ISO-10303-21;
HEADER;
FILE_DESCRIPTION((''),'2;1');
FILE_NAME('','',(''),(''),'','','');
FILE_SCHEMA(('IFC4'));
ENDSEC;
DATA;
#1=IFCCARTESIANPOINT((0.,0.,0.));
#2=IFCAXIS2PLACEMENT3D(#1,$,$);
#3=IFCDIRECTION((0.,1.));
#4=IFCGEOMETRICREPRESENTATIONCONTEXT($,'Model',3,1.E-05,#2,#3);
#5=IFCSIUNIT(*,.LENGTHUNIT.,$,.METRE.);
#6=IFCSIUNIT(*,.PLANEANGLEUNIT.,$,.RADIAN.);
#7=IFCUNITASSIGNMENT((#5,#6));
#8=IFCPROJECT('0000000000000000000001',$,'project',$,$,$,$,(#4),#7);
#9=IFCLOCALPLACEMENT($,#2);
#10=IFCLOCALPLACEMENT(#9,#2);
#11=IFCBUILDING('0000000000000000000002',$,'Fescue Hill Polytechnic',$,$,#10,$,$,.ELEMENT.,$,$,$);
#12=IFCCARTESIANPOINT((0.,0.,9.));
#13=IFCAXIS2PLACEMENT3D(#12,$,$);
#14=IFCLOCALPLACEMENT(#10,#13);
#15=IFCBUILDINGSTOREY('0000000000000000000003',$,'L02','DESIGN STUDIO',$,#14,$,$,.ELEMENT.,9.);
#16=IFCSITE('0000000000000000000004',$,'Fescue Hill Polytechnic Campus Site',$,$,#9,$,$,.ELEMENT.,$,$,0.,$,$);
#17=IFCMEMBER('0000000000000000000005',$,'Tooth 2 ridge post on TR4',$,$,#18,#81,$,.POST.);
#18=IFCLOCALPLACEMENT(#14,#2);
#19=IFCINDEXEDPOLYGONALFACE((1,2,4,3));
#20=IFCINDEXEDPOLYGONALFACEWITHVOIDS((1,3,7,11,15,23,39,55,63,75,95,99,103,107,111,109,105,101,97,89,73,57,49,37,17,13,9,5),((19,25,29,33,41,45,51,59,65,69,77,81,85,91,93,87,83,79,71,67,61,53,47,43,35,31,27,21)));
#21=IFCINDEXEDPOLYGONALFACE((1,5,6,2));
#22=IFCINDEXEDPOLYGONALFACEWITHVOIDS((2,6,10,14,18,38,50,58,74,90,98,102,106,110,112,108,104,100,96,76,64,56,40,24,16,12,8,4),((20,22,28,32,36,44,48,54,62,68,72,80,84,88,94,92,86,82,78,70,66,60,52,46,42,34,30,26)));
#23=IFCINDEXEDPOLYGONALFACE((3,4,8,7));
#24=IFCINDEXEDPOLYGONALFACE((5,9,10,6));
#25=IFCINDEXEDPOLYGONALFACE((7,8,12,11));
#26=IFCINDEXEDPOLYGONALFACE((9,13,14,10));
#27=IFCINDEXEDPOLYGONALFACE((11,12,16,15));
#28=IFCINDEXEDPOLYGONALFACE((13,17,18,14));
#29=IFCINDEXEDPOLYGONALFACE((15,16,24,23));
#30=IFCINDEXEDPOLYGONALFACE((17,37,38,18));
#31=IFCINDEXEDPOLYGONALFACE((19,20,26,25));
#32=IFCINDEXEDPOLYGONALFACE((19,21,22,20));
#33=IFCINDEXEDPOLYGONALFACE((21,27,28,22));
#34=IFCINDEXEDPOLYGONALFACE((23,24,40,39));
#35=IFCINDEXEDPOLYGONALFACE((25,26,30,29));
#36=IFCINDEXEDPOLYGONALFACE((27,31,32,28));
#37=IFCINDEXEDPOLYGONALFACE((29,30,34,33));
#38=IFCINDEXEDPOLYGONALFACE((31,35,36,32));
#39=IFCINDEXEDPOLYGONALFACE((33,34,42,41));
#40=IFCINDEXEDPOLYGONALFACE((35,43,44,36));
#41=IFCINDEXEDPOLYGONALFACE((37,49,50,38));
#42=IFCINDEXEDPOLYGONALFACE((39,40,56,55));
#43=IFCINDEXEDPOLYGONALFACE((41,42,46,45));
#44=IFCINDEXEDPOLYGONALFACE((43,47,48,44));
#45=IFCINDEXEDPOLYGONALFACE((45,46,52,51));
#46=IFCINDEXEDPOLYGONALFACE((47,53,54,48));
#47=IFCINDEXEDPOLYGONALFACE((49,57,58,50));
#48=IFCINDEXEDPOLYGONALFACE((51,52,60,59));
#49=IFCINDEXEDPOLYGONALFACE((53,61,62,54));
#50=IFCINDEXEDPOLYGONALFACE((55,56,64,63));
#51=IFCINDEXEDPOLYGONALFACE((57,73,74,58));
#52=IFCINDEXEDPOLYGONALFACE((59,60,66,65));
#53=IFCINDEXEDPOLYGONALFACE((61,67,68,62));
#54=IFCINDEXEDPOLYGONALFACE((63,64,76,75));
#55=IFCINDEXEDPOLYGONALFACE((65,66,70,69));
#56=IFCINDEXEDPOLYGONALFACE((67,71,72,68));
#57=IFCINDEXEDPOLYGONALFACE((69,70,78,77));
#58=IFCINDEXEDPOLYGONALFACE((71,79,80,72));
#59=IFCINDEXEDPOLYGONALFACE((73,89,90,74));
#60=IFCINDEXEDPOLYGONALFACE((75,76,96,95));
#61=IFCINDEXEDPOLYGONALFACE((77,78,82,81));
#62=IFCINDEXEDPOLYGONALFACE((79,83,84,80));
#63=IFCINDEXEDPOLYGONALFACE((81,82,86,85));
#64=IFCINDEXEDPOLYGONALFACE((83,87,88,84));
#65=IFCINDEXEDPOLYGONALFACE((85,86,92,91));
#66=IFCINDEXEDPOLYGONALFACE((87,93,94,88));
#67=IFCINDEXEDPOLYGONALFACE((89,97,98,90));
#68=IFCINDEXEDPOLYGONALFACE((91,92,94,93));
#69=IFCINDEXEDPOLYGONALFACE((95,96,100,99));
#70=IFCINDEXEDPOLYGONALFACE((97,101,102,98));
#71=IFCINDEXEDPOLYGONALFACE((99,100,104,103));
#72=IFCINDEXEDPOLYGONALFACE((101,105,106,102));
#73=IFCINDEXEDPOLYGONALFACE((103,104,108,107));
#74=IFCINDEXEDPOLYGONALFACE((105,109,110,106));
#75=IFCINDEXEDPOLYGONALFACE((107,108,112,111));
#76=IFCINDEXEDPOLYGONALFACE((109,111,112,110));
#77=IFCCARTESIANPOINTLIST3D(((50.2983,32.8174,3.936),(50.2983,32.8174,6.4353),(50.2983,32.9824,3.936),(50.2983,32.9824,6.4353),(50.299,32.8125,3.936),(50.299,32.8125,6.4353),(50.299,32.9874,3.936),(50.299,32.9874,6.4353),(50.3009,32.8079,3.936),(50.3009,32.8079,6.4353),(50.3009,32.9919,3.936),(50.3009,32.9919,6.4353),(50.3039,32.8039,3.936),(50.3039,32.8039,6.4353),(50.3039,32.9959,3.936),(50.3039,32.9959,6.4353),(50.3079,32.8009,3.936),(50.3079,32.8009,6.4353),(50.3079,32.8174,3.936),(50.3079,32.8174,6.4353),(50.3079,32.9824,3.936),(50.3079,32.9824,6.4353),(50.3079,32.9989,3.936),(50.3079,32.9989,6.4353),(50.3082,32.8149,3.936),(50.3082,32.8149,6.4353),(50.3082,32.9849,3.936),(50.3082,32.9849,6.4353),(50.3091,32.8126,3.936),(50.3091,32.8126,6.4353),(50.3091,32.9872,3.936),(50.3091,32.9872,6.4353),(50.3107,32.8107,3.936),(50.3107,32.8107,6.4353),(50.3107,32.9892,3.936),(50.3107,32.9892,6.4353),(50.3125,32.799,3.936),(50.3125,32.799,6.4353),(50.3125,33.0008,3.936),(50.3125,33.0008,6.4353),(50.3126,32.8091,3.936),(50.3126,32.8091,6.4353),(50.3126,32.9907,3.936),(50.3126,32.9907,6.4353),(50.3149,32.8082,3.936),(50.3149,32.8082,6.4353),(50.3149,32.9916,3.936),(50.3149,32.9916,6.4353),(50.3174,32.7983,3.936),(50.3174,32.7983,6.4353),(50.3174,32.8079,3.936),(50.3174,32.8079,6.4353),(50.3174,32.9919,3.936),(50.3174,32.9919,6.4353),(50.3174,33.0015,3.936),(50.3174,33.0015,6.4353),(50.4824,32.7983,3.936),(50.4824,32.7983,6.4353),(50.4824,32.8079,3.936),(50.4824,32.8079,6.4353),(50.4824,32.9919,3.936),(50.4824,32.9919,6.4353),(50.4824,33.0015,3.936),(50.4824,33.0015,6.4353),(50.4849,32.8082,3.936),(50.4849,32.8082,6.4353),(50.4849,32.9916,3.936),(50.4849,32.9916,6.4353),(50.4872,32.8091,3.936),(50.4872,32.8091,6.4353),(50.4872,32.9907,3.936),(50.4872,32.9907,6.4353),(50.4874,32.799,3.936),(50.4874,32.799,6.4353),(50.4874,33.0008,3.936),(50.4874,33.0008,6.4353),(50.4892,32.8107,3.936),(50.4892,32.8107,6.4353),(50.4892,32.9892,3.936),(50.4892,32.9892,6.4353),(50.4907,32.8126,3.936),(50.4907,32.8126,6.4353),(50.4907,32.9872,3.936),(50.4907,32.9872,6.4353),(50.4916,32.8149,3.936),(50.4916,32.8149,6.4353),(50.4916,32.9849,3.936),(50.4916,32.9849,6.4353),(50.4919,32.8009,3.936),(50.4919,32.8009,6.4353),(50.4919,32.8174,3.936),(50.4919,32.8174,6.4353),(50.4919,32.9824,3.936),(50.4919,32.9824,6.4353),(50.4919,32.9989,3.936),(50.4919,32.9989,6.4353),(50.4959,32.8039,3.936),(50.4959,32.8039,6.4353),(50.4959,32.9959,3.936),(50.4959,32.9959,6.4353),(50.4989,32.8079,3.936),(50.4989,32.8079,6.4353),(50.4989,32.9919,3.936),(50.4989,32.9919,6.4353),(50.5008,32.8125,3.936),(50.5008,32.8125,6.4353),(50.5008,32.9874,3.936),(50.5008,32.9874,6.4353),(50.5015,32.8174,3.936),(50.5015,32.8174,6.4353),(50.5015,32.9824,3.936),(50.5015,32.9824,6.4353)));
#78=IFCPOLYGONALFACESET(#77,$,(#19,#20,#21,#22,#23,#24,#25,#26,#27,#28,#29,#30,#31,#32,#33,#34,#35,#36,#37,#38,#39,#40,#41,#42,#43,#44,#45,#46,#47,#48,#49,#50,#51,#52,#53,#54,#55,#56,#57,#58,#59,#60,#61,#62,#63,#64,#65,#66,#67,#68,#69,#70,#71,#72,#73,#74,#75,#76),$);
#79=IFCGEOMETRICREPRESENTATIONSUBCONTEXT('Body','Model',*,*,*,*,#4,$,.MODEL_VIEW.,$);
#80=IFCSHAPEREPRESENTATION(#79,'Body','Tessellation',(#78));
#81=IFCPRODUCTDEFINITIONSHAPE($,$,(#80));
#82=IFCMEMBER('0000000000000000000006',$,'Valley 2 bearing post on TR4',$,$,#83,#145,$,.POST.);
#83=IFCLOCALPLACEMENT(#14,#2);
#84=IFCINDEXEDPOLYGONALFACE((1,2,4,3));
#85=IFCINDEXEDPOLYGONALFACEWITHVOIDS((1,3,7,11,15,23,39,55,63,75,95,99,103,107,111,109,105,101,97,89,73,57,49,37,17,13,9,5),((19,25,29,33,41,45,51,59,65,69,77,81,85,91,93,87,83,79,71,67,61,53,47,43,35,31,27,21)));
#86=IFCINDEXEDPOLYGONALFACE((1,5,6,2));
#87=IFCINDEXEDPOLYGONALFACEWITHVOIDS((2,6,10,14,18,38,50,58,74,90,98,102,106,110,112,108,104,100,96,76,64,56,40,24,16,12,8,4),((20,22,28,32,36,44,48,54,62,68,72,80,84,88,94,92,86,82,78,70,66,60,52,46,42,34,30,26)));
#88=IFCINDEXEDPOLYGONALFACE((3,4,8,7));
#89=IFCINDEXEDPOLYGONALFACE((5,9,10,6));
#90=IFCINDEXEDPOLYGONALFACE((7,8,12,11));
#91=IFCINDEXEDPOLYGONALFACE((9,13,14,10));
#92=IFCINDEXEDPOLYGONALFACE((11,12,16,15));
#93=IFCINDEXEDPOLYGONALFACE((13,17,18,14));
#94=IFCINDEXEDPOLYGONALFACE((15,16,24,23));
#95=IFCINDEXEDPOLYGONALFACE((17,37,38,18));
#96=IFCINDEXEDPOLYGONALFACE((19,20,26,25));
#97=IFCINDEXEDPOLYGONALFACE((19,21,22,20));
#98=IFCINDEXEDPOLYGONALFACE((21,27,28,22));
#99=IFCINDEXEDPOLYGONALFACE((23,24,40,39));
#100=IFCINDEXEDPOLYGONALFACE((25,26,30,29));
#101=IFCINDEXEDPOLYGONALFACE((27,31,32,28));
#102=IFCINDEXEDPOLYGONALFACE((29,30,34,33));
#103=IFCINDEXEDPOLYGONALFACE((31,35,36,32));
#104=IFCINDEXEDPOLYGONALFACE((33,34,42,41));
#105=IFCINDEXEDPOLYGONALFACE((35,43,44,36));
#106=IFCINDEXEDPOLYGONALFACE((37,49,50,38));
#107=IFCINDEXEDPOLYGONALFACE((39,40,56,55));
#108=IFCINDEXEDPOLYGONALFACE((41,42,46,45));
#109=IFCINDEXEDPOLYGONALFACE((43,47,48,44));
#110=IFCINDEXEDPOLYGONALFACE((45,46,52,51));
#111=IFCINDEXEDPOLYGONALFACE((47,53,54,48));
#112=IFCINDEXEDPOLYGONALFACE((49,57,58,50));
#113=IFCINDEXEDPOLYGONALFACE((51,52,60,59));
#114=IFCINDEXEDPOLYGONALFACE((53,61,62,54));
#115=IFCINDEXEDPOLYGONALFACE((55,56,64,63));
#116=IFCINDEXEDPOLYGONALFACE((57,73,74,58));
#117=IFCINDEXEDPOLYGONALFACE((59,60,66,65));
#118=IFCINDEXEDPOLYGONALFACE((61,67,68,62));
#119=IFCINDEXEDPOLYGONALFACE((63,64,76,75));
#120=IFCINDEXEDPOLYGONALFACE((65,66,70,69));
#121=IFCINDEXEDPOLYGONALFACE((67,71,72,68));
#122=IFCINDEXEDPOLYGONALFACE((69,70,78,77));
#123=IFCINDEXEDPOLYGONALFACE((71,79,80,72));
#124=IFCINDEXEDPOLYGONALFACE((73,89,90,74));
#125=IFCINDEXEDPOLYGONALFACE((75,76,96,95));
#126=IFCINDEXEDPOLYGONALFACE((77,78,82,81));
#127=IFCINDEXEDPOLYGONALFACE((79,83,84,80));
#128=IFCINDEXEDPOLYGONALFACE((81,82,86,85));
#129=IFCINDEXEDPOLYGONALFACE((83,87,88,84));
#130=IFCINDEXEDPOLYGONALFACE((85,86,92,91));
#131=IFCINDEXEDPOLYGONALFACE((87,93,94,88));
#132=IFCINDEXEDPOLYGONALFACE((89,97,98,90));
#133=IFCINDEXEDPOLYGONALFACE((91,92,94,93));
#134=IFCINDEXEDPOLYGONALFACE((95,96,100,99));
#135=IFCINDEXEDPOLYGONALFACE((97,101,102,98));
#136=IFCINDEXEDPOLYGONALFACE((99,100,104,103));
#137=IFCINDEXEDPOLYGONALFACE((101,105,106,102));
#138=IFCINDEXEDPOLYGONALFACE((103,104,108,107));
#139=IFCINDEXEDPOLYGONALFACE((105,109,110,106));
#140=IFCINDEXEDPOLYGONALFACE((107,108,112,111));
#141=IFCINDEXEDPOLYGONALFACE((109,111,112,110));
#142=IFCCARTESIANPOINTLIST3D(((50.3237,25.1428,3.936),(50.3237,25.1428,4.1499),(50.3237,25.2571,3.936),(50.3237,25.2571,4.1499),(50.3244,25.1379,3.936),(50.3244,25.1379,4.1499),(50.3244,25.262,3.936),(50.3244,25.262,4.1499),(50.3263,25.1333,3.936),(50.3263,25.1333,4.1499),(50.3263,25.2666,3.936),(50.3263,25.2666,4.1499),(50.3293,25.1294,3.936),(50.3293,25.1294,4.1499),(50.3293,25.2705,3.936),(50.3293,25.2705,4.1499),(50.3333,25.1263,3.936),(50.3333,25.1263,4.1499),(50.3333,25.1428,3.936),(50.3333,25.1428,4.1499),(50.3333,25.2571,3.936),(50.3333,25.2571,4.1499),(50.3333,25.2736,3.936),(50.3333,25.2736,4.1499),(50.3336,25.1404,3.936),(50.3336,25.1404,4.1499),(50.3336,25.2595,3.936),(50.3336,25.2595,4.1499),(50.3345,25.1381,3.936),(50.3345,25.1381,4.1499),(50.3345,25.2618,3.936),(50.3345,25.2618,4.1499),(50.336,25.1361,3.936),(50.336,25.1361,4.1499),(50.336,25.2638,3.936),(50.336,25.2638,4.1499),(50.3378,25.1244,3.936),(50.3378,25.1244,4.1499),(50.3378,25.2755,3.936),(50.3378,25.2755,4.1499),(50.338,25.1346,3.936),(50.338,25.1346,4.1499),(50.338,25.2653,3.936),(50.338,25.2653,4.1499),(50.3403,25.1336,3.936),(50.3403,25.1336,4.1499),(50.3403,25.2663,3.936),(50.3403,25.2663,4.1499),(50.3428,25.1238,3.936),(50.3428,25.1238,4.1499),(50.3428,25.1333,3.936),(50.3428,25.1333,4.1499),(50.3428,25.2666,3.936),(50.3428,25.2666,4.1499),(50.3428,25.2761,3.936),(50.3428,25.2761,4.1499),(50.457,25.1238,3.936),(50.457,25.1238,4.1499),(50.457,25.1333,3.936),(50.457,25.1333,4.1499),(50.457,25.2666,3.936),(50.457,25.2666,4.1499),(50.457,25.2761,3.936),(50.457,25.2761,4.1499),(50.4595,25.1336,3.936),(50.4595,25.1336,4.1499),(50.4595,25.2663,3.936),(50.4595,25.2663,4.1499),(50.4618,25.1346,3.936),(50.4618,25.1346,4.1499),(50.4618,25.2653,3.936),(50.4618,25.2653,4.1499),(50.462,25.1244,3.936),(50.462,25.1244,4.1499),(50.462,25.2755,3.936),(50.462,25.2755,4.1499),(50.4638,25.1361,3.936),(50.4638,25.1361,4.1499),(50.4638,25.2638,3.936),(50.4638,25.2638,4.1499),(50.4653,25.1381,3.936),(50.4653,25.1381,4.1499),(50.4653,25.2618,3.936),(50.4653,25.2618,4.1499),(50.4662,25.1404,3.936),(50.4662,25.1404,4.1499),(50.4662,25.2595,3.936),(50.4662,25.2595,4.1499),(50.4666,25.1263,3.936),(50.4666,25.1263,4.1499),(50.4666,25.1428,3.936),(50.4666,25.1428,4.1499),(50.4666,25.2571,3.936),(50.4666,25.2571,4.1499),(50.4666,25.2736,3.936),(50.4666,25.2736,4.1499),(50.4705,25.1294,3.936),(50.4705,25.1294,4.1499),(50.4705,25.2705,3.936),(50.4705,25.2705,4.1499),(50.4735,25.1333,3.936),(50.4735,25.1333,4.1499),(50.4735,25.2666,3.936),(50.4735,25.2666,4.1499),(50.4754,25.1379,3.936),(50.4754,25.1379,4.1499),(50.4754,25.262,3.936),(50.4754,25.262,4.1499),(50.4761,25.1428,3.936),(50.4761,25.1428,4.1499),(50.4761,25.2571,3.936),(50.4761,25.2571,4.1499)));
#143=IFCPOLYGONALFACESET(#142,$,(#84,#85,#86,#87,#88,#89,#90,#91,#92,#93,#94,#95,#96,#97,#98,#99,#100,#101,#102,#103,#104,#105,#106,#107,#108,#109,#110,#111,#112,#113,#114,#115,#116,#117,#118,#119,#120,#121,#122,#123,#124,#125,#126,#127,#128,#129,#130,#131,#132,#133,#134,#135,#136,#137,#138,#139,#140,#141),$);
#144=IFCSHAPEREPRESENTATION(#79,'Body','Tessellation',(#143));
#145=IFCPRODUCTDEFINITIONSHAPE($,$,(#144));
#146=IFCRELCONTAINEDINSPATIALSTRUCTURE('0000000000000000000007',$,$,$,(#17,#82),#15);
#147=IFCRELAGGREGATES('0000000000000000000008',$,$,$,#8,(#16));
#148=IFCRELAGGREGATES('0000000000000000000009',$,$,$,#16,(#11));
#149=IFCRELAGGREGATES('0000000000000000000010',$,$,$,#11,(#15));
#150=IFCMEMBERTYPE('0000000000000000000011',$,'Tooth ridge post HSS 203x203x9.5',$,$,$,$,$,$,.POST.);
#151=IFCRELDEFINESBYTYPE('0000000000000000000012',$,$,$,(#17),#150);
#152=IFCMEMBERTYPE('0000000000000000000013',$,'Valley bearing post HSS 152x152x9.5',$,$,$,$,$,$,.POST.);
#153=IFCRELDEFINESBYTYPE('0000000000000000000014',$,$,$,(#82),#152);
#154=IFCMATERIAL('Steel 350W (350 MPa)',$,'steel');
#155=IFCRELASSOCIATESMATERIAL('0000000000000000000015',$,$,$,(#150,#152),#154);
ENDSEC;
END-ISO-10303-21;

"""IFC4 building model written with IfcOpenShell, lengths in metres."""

from ifc_helpers import new_model, si_unit, direction, frame, origin, origin_2d, place, context, subcontext, project, spatial, hollow_rectangle, extrude, material, material_profile, profile_set, type_object, element, save


model = new_model("IFC4")

# Units and contexts
model_context = context("Model", 3, precision=1e-05, world=origin(), true_north=direction((0.0, 1.0)))
body_context = subcontext(model_context, "Body", "Model", "MODEL_VIEW")
ifc_project = project(units=[si_unit("LENGTHUNIT", "METRE"), si_unit("PLANEANGLEUNIT", "RADIAN")], contexts=[model_context])

# Site, building, storey
site_placement = place(None, origin())
site = spatial("IfcSite", under=ifc_project, at=site_placement, Name="Fescue Hill Polytechnic Campus Site", CompositionType="ELEMENT", RefElevation=0.0)
building_placement = place(site_placement, origin())
building = spatial("IfcBuilding", under=site, at=building_placement, Name="Fescue Hill Polytechnic", CompositionType="ELEMENT")
storey_placement = place(building_placement, frame((0.0, 0.0, 9.0)))
storey = spatial("IfcBuildingStorey", under=building, at=storey_placement, Name="L02", Description="DESIGN STUDIO", CompositionType="ELEMENT", Elevation=9.0)

# Members
ifc_material = material(Name="Steel 350W (350 MPa)", Category="steel")
ifc_material_profile_1 = material_profile(ifc_material, hollow_rectangle(XDim=0.2031, YDim=0.2031, WallThickness=0.0095, InnerFilletRadius=0.0095, OuterFilletRadius=0.019, at=origin_2d()), Name="Tooth ridge post HSS 203x203x9.5")
ifc_profile_set_1 = profile_set([ifc_material_profile_1], Name="Steel 350W (350 MPa)")
member_type_1 = type_object("IfcMemberType", Name="Tooth ridge post HSS 203x203x9.5", PredefinedType="POST", material=ifc_profile_set_1)
for number, where, z_axis, x_axis, name in (
    (1, (50.3999, 32.8999, 3.936), (0.0, 0.0, 1.0), (1.0, 0.0, 0.0), "Tooth 2 ridge post on TR4"),
):
    element("IfcMember", number, at=place(storey_placement, frame(where, z_axis=z_axis, x_axis=x_axis)), inside=storey, type_object=member_type_1, Name=name, PredefinedType="POST", context=body_context, shape_type="SweptSolid", body=[
        extrude(hollow_rectangle(XDim=0.2031, YDim=0.2031, WallThickness=0.0095, InnerFilletRadius=0.0095, OuterFilletRadius=0.019, at=origin_2d()), origin(), (0.0, 0.0, 1.0), 2.4993),
    ])
ifc_material_profile_2 = material_profile(ifc_material, hollow_rectangle(XDim=0.1523, YDim=0.1523, WallThickness=0.0095, InnerFilletRadius=0.0095, OuterFilletRadius=0.019, at=origin_2d()), Name="Valley bearing post HSS 152x152x9.5")
ifc_profile_set_2 = profile_set([ifc_material_profile_2], Name="Steel 350W (350 MPa)")
member_type_2 = type_object("IfcMemberType", Name="Valley bearing post HSS 152x152x9.5", PredefinedType="POST", material=ifc_profile_set_2)
for number, where, z_axis, x_axis, name in (
    (2, (50.3999, 25.2, 3.936), (0.0, 0.0, 1.0), (1.0, 0.0, 0.0), "Valley 2 bearing post on TR4"),
):
    element("IfcMember", number, at=place(storey_placement, frame(where, z_axis=z_axis, x_axis=x_axis)), inside=storey, type_object=member_type_2, Name=name, PredefinedType="POST", context=body_context, shape_type="SweptSolid", body=[
        extrude(hollow_rectangle(XDim=0.1523, YDim=0.1523, WallThickness=0.0095, InnerFilletRadius=0.0095, OuterFilletRadius=0.019, at=origin_2d()), origin(), (0.0, 0.0, 1.0), 0.2139),
    ])

save(model, "model.ifc")
